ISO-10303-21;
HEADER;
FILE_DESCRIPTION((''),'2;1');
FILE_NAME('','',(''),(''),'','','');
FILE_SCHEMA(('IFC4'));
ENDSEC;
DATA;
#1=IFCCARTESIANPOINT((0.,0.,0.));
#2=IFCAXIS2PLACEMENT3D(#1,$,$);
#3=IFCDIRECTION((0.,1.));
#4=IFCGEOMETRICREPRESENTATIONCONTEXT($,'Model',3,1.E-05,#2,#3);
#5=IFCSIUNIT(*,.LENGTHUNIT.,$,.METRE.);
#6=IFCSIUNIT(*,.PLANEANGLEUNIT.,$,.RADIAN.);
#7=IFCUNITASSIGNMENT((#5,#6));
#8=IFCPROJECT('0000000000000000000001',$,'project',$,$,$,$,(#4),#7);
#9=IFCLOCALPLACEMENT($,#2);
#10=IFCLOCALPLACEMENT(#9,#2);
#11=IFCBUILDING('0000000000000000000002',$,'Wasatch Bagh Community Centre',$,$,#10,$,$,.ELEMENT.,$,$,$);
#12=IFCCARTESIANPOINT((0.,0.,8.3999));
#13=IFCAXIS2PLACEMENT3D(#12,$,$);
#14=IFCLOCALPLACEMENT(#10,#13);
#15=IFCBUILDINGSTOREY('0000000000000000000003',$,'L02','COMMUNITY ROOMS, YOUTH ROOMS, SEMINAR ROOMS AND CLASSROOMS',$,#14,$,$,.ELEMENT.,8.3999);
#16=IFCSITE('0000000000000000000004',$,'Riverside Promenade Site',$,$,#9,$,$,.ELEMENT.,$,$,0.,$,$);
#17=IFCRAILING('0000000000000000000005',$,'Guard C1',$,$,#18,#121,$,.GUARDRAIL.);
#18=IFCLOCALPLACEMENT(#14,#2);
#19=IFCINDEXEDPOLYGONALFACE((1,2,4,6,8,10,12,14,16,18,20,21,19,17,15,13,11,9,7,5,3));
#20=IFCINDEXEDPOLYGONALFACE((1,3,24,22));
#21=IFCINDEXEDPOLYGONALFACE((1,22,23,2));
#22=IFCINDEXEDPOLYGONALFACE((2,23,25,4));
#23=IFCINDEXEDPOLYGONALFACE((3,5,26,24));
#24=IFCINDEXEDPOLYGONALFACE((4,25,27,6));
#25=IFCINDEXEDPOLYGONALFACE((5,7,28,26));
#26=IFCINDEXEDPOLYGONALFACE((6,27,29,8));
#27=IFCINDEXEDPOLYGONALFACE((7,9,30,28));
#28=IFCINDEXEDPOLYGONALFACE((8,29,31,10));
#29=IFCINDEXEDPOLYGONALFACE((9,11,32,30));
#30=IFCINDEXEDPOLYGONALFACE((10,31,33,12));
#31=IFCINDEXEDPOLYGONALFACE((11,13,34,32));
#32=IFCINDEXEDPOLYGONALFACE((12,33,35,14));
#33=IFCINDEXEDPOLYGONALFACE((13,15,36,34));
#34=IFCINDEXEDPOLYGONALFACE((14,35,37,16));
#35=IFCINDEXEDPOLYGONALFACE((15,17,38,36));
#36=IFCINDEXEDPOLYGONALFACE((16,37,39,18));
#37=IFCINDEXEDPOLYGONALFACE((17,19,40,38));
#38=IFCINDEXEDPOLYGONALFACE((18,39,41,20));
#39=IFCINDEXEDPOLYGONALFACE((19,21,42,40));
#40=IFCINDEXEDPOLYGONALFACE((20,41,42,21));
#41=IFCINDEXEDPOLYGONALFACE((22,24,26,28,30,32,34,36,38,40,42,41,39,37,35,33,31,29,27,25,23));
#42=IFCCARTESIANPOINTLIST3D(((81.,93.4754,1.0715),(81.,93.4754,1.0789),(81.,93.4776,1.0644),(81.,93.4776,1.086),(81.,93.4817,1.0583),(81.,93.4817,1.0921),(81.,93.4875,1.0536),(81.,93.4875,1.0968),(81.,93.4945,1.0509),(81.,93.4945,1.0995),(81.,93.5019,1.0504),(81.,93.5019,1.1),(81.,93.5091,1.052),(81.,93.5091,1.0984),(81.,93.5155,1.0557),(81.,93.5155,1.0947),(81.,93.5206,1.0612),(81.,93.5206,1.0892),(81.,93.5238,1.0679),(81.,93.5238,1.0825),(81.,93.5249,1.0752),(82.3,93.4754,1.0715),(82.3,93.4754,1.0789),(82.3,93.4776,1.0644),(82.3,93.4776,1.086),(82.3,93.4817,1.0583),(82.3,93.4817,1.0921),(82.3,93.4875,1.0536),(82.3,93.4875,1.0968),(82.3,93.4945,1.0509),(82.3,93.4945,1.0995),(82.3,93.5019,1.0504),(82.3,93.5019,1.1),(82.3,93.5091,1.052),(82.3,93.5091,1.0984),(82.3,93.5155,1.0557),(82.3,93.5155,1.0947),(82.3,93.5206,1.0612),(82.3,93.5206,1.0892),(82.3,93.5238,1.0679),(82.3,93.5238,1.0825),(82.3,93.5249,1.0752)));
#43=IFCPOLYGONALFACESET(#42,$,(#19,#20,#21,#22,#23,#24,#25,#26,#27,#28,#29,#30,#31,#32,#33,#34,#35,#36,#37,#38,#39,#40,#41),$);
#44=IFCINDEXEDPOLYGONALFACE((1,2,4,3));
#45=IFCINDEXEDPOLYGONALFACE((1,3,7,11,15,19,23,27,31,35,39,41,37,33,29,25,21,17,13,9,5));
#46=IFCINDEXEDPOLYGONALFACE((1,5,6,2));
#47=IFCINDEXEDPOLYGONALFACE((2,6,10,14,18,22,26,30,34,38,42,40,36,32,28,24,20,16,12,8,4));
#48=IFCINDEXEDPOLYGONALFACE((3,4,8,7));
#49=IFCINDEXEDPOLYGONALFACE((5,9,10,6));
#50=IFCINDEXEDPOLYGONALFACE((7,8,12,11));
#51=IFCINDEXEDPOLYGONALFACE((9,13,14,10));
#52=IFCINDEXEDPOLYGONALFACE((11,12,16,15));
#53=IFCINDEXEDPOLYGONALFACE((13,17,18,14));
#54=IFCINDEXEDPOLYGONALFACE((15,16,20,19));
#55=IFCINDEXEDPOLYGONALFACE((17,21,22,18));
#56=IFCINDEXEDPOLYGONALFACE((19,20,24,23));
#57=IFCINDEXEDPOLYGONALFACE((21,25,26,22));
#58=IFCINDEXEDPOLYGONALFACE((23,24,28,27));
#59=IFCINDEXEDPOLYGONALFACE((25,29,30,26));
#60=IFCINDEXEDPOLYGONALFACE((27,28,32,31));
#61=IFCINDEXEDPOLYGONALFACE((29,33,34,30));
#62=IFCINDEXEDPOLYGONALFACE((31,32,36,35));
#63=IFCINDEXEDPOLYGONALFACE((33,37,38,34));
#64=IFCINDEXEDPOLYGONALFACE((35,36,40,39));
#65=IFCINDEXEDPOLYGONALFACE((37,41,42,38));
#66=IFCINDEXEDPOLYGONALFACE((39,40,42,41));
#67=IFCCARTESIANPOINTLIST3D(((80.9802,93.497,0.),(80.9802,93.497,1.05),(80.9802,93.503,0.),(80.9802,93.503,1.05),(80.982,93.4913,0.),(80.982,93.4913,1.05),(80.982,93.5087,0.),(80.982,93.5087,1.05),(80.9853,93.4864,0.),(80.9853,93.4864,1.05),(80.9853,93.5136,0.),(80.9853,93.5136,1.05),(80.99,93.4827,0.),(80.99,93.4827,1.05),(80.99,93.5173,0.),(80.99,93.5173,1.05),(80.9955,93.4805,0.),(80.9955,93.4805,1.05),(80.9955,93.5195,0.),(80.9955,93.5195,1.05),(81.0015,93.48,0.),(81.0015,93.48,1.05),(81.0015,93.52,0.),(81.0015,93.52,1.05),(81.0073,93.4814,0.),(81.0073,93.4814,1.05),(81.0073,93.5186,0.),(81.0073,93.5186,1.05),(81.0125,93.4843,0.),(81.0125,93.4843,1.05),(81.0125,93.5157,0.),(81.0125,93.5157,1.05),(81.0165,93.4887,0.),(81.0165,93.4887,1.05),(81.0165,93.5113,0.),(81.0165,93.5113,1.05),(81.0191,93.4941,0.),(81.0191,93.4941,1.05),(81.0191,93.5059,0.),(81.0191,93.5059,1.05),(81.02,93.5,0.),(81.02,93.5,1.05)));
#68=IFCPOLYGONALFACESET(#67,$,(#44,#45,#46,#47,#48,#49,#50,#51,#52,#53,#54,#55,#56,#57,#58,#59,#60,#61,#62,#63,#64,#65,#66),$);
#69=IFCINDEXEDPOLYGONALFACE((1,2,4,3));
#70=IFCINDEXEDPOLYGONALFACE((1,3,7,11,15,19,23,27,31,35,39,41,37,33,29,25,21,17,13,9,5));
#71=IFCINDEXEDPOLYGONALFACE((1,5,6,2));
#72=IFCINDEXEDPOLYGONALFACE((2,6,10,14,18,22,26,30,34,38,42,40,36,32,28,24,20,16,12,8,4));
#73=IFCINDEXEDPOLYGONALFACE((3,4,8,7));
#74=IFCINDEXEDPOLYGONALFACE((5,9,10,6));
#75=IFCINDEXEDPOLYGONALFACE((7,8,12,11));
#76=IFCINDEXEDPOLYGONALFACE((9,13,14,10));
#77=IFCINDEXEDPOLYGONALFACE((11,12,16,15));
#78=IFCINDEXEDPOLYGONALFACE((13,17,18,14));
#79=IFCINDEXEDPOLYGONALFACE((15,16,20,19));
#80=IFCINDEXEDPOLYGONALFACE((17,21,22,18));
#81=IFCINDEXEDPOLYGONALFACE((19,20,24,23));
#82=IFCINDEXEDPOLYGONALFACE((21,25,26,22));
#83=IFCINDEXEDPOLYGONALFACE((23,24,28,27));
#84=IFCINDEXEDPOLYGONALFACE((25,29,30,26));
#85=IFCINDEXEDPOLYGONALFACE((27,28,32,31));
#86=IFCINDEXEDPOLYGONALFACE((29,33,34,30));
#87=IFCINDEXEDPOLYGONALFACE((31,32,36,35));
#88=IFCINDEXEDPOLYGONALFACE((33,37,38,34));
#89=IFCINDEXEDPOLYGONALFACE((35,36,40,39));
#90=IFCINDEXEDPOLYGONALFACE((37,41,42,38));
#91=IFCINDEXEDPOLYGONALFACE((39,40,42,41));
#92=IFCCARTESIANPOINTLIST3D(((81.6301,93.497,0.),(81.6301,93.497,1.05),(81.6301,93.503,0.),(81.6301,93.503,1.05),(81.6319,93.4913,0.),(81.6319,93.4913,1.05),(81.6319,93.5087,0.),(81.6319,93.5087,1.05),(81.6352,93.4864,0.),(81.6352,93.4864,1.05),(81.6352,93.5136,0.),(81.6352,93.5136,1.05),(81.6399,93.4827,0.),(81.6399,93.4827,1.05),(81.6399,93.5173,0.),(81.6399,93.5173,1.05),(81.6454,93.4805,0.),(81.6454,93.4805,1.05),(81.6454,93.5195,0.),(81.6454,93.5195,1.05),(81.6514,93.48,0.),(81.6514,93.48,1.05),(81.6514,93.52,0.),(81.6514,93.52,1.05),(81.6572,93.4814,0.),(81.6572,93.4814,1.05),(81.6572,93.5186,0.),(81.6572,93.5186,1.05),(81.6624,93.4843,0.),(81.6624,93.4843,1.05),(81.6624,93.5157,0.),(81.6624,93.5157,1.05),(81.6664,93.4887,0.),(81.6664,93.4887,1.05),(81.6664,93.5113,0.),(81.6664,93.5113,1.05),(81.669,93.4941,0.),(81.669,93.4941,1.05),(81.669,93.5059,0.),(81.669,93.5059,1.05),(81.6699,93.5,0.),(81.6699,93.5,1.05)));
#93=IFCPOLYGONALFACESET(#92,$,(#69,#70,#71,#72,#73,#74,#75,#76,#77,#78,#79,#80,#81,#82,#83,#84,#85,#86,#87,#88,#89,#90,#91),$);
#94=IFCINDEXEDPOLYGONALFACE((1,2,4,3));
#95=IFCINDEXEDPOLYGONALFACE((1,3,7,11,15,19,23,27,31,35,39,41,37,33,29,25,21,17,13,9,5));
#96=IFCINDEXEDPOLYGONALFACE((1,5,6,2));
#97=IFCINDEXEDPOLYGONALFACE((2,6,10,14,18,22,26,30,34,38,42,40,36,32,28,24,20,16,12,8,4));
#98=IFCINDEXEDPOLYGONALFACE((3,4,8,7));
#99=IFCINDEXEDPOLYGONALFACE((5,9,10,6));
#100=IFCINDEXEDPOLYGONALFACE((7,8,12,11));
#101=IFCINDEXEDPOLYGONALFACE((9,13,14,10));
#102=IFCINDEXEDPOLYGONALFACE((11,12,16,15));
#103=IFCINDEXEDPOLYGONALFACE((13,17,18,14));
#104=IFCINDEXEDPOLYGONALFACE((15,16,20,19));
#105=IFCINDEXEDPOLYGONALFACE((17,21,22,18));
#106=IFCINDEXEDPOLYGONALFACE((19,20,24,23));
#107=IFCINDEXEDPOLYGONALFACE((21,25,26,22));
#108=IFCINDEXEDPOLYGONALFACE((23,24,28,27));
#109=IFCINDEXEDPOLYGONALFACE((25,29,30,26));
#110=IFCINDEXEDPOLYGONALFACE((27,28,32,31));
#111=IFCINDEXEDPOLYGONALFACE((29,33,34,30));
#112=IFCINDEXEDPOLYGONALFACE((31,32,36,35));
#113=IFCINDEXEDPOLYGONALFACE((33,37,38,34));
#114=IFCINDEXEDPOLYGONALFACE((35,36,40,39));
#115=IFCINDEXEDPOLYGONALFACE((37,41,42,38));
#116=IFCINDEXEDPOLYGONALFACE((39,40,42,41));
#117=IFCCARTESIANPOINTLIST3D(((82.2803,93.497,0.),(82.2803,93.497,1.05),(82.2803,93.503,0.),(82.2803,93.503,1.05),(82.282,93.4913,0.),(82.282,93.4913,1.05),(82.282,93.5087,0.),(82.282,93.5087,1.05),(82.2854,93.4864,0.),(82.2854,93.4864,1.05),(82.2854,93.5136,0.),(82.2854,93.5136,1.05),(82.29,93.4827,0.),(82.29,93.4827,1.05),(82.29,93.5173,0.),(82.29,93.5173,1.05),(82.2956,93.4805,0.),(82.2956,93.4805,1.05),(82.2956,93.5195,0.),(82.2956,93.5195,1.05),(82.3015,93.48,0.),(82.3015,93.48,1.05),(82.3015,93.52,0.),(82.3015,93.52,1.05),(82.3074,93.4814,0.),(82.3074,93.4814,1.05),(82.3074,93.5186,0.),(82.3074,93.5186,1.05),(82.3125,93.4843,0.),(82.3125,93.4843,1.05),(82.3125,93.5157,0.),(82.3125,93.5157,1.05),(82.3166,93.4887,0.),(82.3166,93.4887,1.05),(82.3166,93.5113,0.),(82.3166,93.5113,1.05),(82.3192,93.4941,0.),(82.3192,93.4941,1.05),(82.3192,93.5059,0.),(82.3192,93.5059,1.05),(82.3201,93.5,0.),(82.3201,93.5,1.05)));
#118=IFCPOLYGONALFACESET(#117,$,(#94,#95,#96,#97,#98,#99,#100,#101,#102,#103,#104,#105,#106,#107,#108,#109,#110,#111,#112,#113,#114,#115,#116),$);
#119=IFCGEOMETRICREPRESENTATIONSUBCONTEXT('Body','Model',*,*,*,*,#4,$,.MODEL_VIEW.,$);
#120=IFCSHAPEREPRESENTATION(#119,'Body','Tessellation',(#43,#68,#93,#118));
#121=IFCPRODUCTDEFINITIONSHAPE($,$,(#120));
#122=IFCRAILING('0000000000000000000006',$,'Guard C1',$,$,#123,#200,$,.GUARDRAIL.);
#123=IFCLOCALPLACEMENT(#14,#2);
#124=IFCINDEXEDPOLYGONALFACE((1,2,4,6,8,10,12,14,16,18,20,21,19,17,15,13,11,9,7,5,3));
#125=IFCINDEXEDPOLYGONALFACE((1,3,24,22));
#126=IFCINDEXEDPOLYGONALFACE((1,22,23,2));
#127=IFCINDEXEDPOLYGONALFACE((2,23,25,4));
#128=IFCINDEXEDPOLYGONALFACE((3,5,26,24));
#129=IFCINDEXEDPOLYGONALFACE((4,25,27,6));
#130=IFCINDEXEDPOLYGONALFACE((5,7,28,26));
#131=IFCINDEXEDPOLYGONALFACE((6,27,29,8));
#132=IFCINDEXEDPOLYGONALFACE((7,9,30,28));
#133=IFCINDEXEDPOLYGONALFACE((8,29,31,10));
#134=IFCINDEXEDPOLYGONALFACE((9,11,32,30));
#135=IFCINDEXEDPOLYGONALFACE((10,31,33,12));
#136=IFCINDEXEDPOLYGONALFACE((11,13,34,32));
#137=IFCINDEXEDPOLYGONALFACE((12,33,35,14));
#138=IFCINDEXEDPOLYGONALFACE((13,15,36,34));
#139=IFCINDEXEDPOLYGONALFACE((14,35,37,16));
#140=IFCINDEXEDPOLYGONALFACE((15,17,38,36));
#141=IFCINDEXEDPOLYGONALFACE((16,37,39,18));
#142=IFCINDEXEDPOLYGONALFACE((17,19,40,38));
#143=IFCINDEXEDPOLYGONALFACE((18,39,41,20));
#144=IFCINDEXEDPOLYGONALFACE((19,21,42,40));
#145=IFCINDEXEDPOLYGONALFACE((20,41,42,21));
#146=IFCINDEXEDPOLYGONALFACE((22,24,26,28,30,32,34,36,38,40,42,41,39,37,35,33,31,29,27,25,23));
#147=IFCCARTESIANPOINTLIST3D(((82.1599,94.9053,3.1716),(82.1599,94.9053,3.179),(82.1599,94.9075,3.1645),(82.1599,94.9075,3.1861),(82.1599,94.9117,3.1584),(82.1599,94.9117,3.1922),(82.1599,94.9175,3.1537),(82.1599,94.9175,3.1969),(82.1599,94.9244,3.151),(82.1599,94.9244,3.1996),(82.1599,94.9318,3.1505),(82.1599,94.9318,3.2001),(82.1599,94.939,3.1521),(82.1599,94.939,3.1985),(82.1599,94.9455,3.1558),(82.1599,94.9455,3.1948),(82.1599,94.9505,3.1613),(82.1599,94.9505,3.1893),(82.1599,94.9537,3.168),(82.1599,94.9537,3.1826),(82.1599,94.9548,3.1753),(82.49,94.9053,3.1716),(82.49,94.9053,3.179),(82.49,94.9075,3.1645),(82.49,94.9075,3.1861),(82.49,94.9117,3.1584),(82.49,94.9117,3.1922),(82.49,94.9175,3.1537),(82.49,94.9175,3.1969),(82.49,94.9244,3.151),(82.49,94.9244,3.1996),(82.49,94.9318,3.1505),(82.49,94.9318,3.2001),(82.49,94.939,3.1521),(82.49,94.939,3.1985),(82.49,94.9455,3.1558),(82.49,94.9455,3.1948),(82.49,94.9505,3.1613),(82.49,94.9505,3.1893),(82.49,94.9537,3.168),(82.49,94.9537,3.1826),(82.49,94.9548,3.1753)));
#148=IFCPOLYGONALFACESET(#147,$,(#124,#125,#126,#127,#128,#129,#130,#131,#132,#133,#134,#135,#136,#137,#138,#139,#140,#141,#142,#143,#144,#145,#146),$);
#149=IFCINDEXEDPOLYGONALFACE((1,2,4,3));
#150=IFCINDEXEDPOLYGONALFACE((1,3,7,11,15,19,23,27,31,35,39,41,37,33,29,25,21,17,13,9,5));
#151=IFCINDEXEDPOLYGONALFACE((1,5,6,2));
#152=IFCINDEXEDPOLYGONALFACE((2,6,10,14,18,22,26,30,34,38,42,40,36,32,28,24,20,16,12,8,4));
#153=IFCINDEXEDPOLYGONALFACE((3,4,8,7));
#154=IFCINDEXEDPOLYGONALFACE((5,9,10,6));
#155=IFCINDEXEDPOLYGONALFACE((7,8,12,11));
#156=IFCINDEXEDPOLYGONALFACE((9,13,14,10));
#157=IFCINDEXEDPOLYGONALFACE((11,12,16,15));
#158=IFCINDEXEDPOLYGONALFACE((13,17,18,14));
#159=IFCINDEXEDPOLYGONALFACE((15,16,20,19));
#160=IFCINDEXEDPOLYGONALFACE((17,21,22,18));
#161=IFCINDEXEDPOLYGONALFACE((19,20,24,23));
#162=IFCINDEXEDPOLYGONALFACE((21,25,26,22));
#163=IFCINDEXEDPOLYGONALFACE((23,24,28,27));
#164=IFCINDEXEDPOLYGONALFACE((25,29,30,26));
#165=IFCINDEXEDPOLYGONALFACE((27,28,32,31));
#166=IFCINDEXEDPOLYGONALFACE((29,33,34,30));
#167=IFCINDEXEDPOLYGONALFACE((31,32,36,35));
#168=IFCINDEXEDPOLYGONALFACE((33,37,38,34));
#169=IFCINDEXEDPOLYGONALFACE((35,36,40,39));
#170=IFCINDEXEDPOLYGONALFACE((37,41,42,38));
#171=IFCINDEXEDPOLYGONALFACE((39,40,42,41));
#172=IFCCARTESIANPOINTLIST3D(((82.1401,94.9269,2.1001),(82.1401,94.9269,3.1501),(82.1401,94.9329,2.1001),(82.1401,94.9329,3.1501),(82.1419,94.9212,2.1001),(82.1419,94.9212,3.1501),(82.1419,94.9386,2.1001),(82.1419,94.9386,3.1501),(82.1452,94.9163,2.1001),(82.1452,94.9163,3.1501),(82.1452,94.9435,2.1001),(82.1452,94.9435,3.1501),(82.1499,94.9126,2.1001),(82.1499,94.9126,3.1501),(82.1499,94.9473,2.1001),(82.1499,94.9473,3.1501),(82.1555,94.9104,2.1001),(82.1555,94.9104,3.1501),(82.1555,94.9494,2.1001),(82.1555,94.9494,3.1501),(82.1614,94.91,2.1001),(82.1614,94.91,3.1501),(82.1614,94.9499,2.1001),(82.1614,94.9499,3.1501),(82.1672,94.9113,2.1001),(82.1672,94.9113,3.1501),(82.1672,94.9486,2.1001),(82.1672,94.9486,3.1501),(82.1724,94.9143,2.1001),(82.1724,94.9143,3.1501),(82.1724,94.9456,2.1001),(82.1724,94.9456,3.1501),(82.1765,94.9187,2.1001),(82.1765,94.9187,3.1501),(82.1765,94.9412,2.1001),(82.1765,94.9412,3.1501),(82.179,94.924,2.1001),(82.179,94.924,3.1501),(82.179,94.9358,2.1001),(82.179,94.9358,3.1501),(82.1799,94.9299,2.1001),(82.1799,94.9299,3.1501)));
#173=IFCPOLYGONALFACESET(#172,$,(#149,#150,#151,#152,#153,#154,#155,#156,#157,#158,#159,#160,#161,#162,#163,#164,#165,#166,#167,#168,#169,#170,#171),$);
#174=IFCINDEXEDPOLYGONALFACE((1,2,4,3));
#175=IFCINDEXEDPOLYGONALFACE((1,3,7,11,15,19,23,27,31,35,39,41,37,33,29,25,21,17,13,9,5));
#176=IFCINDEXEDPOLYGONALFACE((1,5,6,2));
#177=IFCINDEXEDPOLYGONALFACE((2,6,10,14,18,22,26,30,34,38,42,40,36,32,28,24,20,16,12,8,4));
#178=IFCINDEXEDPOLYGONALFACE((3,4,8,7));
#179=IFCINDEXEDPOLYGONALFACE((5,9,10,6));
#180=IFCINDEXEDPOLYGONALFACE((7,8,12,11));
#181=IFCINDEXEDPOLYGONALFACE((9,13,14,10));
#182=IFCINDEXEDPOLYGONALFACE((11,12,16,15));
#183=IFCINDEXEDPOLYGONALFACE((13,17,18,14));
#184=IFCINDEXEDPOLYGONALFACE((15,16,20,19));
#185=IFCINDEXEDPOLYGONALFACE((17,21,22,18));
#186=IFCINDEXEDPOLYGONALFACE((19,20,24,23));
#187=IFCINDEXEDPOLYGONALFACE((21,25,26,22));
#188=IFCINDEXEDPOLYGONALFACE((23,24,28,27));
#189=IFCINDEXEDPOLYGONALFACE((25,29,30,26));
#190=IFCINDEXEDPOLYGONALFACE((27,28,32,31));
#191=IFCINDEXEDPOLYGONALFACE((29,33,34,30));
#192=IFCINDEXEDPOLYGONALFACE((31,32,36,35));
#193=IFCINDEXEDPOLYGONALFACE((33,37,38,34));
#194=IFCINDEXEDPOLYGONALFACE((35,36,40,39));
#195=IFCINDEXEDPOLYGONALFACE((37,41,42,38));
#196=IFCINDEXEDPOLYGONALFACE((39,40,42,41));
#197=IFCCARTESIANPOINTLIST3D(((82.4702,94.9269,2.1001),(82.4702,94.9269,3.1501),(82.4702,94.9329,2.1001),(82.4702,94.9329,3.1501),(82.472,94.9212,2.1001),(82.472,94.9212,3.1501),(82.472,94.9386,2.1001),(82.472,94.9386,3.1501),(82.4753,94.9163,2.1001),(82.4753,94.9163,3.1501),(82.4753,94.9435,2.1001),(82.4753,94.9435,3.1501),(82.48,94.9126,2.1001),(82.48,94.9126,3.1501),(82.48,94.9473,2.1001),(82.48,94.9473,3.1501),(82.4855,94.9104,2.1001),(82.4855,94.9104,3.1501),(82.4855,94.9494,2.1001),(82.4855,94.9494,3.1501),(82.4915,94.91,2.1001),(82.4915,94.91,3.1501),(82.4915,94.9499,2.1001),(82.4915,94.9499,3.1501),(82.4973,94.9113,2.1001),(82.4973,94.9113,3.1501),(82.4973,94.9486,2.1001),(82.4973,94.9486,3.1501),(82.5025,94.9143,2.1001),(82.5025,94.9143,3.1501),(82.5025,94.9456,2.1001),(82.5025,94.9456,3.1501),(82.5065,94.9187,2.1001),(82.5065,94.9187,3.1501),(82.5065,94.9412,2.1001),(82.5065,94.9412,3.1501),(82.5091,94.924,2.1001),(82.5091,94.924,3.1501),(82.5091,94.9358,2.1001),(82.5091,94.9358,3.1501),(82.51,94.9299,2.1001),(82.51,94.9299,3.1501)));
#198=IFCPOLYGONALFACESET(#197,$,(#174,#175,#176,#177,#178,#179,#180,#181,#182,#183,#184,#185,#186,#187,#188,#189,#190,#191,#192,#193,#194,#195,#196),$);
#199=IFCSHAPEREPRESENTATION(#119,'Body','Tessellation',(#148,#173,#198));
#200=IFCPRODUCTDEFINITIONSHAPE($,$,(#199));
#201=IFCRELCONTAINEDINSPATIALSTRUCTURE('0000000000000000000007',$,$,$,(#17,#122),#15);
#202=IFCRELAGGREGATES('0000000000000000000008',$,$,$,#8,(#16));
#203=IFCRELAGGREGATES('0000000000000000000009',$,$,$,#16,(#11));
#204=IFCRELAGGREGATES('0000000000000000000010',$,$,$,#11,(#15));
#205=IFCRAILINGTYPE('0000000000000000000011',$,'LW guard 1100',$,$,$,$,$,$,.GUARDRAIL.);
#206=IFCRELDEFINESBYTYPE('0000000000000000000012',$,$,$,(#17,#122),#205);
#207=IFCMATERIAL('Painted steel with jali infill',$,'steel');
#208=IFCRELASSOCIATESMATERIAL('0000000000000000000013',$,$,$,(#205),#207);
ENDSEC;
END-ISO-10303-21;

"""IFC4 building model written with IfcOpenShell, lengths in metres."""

from ifc_helpers import new_model, si_unit, direction, frame, origin, origin_2d, place, context, subcontext, project, spatial, circle, extrude, material, type_object, element, save


model = new_model("IFC4")

# Units and contexts
model_context = context("Model", 3, precision=1e-05, world=origin(), true_north=direction((0.0, 1.0)))
body_context = subcontext(model_context, "Body", "Model", "MODEL_VIEW")
ifc_project = project(units=[si_unit("LENGTHUNIT", "METRE"), si_unit("PLANEANGLEUNIT", "RADIAN")], contexts=[model_context])

# Site, building, storey
site_placement = place(None, origin())
site = spatial("IfcSite", under=ifc_project, at=site_placement, Name="Riverside Promenade Site", CompositionType="ELEMENT", RefElevation=0.0)
building_placement = place(site_placement, origin())
building = spatial("IfcBuilding", under=site, at=building_placement, Name="Wasatch Bagh Community Centre", CompositionType="ELEMENT")
storey_placement = place(building_placement, frame((0.0, 0.0, 8.3999)))
storey = spatial("IfcBuildingStorey", under=building, at=storey_placement, Name="L02", Description="COMMUNITY ROOMS, YOUTH ROOMS, SEMINAR ROOMS AND CLASSROOMS", CompositionType="ELEMENT", Elevation=8.3999)

# Railings
ifc_material_1 = material(Name="Painted steel with jali infill", Category="steel")
railing_type_1 = type_object("IfcRailingType", Name="LW guard 1100", PredefinedType="GUARDRAIL", material=ifc_material_1)
railing_1_placement = place(storey_placement, frame((81.0, 93.5, 0.0)))
element("IfcRailing", 1, at=railing_1_placement, inside=storey, type_object=railing_type_1, Name="Guard C1", PredefinedType="GUARDRAIL", context=body_context, shape_type="SweptSolid", body=[
    extrude(circle(Radius=0.0249, at=origin_2d()), frame((0.0, 0.0, 1.0752), z_axis=(1.0, 0.0, 0.0), x_axis=(0.0, 1.0, 0.0)), (0.0, 0.0, 1.0), 1.3),
    extrude(circle(Radius=0.02, at=origin_2d()), origin(), (0.0, 0.0, 1.0), 1.05),
    extrude(circle(Radius=0.02, at=origin_2d()), frame((0.6499, 0.0, 0.0)), (0.0, 0.0, 1.0), 1.05),
    extrude(circle(Radius=0.02, at=origin_2d()), frame((1.3, 0.0, 0.0)), (0.0, 0.0, 1.0), 1.05),
])
railing_2_placement = place(storey_placement, frame((82.1599, 94.9299, 2.1001)))
element("IfcRailing", 2, at=railing_2_placement, inside=storey, type_object=railing_type_1, Name="Guard C1", PredefinedType="GUARDRAIL", context=body_context, shape_type="SweptSolid", body=[
    extrude(circle(Radius=0.0249, at=origin_2d()), frame((0.0, 0.0, 1.0752), z_axis=(1.0, 0.0, 0.0), x_axis=(0.0, 1.0, 0.0)), (0.0, 0.0, 1.0), 0.3301),
    extrude(circle(Radius=0.02, at=origin_2d()), origin(), (0.0, 0.0, 1.0), 1.05),
    extrude(circle(Radius=0.02, at=origin_2d()), frame((0.3301, 0.0, 0.0)), (0.0, 0.0, 1.0), 1.05),
])

save(model, "model.ifc")
